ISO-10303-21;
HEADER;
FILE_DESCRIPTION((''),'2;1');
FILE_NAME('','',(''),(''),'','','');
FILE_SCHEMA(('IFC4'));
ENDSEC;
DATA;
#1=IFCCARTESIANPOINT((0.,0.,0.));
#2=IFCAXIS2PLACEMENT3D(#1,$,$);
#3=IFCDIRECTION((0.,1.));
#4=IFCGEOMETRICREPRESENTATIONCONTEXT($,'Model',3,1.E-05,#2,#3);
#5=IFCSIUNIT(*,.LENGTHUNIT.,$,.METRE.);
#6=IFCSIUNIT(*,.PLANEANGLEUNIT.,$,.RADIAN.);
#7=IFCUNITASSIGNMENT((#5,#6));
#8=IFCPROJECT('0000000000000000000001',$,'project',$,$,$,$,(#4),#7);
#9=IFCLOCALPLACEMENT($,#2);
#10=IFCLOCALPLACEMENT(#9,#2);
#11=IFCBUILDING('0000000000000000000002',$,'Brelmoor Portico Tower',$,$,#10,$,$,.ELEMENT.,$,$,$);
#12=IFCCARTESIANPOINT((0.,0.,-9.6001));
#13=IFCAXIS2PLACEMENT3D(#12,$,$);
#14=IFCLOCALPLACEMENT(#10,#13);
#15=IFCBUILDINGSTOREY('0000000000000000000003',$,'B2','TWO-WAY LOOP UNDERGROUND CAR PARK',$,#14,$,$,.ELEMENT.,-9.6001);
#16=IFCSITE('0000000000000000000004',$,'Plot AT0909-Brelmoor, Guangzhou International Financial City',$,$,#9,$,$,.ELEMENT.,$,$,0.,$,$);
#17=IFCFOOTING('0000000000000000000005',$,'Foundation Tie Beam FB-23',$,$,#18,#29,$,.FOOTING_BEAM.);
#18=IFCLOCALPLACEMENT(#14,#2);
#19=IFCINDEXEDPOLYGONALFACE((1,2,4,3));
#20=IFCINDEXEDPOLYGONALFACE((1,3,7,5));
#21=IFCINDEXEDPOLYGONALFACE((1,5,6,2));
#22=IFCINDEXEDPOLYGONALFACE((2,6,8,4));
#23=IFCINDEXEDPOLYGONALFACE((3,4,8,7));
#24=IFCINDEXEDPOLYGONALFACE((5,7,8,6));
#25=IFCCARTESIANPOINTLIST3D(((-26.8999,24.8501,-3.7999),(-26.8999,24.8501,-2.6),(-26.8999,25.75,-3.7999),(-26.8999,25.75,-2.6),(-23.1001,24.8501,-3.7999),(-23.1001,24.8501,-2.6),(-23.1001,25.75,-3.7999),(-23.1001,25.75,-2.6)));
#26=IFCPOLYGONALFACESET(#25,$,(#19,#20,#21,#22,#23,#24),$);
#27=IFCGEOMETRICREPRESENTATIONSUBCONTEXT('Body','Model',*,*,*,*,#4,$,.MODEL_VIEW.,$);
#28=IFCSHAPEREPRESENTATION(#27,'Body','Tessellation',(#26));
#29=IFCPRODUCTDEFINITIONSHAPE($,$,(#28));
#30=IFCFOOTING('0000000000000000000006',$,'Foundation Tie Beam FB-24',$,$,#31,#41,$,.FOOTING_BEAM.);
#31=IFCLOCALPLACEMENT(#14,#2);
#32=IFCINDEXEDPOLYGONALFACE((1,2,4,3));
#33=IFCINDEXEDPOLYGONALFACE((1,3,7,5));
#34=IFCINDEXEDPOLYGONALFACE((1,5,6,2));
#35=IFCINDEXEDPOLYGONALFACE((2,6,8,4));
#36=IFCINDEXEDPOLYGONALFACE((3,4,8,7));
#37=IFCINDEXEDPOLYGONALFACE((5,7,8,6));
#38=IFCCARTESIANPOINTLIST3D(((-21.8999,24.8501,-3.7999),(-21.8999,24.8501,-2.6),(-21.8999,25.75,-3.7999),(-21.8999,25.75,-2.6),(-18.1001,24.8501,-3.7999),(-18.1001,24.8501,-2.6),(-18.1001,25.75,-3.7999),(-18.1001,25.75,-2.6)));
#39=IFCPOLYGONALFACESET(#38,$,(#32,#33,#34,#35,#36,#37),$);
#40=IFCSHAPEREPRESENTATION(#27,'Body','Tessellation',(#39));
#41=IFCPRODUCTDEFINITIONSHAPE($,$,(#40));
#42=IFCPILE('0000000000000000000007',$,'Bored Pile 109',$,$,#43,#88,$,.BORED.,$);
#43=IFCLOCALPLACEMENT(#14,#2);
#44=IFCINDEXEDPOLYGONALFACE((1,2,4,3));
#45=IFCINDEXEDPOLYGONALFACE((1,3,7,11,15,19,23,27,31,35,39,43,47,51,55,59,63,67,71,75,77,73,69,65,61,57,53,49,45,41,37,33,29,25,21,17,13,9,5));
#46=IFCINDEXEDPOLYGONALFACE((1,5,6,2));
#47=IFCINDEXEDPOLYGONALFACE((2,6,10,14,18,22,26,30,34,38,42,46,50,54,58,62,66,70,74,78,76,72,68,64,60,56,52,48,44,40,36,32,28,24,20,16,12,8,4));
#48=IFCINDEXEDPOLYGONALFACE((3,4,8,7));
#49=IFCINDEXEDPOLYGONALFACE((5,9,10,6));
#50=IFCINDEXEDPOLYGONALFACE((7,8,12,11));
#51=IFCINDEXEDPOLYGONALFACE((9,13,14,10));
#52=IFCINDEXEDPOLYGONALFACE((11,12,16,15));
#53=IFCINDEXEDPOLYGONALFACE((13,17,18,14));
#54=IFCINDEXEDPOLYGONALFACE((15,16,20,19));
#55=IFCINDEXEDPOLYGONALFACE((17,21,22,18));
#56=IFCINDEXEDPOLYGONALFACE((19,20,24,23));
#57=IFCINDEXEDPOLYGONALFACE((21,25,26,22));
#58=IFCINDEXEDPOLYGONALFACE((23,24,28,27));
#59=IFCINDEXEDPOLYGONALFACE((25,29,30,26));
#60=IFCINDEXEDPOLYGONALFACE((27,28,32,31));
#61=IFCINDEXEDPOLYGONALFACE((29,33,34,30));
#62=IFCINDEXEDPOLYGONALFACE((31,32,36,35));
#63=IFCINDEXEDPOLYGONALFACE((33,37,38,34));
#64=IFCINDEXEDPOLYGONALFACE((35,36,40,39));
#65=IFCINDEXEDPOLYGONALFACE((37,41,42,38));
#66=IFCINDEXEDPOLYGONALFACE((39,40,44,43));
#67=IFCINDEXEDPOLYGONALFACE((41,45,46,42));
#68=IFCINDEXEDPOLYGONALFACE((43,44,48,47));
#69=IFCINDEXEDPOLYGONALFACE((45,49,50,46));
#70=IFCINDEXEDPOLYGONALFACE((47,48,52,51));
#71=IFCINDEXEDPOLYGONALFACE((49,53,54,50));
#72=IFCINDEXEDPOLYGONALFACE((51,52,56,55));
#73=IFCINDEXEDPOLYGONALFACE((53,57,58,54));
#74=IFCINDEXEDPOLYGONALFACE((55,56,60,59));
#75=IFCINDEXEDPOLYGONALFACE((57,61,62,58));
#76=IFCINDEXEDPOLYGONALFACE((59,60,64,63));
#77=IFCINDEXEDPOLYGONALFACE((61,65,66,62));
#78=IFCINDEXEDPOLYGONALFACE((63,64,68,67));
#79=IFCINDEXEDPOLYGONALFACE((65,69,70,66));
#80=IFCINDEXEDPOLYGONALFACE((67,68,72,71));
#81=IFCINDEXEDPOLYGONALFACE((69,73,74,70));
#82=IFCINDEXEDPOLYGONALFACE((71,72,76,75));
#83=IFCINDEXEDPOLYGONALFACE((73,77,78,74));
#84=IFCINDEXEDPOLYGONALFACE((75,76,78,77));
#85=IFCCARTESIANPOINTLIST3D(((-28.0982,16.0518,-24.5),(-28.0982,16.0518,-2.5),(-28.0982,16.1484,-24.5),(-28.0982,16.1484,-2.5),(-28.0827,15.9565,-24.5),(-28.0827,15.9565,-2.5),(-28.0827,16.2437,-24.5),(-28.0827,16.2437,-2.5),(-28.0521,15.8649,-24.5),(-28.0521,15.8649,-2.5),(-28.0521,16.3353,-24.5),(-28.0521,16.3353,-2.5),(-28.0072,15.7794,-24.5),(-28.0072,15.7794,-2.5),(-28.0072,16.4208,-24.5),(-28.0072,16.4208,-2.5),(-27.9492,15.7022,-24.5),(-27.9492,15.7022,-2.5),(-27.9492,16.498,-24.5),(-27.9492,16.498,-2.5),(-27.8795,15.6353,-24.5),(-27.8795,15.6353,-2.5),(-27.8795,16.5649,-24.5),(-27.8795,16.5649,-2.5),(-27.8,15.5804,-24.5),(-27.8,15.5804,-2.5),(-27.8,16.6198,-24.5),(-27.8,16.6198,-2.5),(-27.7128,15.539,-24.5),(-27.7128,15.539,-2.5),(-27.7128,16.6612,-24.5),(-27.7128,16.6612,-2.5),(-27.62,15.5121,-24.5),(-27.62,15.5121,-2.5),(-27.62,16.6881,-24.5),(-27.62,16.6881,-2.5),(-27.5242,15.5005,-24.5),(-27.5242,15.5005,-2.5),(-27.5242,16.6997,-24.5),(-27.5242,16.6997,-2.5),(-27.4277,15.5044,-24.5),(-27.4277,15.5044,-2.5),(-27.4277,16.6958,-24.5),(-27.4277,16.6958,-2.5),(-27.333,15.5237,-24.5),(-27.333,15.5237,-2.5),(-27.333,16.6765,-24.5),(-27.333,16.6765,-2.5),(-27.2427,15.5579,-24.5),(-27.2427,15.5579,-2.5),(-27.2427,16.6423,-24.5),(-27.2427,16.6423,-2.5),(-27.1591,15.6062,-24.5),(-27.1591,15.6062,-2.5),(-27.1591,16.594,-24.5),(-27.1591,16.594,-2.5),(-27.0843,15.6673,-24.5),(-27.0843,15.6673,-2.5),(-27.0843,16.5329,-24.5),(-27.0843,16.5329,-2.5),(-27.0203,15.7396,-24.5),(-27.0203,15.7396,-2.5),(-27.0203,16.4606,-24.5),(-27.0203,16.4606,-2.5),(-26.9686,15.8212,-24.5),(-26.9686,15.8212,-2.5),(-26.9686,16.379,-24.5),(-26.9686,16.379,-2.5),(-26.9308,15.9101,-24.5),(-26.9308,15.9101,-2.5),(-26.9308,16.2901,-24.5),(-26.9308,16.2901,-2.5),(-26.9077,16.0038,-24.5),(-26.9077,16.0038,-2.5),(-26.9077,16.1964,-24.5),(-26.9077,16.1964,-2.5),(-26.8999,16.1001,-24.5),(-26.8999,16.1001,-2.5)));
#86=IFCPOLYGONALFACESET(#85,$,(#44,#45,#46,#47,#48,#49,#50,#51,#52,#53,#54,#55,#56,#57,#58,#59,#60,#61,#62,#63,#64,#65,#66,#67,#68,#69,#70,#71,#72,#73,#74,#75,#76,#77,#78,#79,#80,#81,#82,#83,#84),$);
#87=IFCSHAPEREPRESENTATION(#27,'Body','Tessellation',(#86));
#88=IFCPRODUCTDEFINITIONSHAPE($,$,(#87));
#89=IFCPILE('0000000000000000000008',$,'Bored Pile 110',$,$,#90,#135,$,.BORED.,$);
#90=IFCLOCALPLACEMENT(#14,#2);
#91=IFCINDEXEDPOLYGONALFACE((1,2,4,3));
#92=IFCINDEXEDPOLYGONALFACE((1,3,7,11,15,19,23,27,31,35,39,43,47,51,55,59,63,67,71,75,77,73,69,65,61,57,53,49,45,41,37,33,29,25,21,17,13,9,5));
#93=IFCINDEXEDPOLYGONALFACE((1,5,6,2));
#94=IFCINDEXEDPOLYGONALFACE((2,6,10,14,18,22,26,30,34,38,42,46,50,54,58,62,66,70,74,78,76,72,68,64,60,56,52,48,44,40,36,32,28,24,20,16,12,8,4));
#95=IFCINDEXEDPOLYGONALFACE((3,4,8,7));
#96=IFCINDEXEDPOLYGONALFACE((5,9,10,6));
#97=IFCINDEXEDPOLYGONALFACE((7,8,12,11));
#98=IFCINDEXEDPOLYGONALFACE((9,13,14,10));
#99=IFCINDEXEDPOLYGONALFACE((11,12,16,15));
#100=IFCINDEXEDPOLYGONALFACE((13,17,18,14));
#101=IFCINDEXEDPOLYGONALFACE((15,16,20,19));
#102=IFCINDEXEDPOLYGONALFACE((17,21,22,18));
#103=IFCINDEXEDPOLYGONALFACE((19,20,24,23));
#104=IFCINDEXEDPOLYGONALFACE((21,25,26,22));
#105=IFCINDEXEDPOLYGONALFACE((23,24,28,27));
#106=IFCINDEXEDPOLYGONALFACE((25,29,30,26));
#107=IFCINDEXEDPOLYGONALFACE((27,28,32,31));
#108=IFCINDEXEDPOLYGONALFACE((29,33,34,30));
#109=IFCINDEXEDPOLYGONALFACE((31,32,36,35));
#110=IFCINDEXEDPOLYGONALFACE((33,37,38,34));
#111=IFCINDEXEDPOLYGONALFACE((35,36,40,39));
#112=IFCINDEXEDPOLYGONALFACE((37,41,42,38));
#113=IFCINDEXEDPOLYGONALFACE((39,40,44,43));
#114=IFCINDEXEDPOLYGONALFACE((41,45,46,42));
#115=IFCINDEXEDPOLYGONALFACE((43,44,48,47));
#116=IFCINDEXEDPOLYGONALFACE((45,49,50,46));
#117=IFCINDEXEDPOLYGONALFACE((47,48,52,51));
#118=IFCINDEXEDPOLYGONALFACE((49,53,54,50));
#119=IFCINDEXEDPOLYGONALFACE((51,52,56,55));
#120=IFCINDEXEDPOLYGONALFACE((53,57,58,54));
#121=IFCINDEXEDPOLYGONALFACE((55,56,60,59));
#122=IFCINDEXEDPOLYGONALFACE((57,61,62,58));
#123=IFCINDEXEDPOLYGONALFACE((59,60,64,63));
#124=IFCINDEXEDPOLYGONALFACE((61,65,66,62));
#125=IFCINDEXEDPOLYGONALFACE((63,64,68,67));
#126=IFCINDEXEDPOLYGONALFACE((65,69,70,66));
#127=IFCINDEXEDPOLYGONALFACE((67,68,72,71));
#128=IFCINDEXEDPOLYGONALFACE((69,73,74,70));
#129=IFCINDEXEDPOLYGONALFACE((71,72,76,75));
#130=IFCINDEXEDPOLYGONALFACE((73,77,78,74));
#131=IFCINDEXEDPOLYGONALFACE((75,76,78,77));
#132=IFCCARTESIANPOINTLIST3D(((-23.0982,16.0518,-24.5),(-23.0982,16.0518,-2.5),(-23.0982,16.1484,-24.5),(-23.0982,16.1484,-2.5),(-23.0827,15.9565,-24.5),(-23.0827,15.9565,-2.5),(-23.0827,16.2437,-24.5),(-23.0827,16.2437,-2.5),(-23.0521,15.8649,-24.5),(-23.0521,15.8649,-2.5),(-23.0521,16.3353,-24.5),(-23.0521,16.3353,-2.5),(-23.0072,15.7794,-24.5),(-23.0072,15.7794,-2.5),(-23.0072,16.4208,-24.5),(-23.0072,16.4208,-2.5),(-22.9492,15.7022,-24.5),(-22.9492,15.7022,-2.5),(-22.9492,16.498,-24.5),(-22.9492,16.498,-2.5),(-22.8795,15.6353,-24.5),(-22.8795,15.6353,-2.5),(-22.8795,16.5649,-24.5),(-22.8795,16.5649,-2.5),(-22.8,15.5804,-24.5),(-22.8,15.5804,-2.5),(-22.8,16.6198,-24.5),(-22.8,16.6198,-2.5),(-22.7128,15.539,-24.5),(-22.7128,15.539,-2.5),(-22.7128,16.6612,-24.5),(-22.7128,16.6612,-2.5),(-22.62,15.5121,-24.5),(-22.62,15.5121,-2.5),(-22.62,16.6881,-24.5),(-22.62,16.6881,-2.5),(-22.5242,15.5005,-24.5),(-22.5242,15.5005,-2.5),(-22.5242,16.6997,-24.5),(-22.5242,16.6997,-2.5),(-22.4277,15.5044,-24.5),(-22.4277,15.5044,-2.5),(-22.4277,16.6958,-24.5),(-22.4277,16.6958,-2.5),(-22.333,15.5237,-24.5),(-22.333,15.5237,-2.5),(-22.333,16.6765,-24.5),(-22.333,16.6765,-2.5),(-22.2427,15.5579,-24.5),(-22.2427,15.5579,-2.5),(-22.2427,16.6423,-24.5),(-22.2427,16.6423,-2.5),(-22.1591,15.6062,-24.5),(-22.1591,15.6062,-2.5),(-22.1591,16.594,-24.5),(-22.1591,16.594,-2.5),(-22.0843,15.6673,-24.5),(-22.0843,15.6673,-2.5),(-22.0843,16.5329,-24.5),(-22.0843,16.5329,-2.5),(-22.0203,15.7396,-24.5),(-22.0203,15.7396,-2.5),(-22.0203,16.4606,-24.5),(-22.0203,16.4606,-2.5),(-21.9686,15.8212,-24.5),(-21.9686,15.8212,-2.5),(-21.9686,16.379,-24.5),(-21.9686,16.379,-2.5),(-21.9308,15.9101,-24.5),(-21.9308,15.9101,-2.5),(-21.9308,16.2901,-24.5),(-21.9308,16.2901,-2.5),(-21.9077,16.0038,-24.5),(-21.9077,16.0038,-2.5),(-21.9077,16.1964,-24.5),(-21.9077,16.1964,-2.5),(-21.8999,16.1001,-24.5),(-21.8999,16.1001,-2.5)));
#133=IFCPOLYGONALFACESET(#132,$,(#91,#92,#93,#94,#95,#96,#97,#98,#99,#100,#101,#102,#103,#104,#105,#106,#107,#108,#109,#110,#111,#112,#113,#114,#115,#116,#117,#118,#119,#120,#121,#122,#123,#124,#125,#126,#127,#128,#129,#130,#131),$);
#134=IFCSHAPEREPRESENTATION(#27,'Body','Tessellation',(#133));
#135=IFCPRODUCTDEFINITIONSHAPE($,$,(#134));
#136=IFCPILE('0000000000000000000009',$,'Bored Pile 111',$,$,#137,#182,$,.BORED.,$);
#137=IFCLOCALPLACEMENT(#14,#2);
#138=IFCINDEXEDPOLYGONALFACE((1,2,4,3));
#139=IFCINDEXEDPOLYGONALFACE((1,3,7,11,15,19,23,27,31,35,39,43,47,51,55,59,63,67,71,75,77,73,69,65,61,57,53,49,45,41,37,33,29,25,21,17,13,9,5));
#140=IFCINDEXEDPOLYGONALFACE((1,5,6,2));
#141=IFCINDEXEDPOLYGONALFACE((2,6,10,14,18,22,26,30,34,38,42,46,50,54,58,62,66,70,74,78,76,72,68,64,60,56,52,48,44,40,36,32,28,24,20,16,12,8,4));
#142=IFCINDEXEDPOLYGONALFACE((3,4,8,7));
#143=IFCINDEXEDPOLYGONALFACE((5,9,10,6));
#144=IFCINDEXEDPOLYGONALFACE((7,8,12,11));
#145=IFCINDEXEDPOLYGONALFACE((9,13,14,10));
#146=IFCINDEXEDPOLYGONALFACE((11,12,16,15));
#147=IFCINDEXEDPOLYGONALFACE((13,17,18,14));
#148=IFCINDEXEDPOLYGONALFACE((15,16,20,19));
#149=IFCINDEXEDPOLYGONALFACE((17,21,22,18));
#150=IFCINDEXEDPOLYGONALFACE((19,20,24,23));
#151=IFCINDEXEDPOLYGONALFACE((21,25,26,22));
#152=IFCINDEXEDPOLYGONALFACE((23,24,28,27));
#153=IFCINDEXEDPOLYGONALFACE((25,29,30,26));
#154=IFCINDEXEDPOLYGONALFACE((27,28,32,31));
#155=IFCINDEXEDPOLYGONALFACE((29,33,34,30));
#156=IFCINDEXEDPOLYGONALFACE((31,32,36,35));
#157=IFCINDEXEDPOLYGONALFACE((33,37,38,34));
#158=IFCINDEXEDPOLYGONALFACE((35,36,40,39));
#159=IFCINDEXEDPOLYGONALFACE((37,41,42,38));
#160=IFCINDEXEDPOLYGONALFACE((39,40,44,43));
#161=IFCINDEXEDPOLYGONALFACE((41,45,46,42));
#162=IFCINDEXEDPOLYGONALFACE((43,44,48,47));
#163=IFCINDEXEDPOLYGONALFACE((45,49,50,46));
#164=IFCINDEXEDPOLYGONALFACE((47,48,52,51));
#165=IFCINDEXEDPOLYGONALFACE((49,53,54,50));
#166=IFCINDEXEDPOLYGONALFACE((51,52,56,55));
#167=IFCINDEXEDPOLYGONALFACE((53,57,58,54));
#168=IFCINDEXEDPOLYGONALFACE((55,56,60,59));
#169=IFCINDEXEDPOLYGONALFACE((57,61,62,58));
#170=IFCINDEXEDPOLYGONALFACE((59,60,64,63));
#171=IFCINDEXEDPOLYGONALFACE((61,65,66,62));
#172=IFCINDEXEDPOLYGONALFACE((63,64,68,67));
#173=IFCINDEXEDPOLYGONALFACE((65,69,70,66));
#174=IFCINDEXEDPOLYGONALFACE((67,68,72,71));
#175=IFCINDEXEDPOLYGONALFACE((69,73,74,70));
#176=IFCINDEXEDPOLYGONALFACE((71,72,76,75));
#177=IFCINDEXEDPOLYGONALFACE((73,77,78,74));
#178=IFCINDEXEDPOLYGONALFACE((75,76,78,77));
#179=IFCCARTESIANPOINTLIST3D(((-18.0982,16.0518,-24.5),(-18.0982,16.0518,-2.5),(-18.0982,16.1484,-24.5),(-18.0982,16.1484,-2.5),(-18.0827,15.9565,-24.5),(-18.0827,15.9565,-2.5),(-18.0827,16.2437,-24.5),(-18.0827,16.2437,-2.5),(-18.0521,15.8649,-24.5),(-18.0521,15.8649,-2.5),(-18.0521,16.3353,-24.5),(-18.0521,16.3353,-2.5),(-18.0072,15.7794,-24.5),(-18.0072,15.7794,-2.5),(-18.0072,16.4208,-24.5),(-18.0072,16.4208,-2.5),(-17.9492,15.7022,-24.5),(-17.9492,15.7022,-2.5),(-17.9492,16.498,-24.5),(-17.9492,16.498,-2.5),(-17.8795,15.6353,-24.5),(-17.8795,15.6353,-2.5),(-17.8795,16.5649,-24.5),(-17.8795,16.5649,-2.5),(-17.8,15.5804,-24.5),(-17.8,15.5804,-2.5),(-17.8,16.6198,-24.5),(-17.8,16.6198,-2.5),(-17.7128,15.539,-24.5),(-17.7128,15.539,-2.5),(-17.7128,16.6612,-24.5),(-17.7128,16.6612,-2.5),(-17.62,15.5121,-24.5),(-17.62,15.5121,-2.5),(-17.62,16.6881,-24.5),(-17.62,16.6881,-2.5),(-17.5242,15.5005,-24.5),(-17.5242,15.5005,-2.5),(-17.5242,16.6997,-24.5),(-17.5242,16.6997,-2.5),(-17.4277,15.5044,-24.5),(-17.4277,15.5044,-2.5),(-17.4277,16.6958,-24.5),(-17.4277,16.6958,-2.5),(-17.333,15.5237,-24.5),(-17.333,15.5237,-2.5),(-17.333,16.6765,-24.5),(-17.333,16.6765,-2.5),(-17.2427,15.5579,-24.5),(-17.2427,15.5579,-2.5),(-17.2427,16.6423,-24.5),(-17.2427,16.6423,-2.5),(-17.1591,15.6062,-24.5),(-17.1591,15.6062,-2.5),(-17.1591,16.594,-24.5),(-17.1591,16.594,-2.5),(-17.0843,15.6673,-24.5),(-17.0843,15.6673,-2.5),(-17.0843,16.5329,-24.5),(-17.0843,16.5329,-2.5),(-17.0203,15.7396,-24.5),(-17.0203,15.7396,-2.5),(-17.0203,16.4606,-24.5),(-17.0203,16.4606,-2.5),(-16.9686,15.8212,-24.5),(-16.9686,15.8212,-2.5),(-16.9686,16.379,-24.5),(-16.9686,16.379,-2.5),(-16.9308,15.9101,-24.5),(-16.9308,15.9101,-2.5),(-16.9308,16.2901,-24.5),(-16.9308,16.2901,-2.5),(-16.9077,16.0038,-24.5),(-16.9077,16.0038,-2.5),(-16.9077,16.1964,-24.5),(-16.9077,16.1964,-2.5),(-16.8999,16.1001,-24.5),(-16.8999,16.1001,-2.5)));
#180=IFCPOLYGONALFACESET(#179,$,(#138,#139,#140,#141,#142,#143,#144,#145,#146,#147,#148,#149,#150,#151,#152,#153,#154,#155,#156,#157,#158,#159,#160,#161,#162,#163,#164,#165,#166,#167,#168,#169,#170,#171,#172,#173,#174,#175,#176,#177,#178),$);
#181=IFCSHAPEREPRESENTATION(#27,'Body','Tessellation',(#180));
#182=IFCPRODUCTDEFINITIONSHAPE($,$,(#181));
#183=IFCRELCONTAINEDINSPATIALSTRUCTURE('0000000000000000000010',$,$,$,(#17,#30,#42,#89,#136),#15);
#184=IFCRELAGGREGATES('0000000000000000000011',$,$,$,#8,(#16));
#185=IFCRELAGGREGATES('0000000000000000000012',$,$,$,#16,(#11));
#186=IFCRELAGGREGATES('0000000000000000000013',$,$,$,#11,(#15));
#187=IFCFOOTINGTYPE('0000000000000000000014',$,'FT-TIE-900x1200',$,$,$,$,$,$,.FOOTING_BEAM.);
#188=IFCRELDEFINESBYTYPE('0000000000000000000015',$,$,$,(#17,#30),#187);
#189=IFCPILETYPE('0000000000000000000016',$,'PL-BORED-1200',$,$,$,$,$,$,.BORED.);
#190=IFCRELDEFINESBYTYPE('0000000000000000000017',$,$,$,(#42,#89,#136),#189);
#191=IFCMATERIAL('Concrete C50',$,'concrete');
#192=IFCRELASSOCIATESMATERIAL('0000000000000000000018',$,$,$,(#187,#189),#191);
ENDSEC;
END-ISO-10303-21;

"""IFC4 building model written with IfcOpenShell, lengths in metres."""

from ifc_helpers import new_model, si_unit, direction, frame, origin, origin_2d, place, context, subcontext, project, spatial, rectangle, circle, extrude, material, material_profile, profile_set, type_object, element, save


model = new_model("IFC4")

# Units and contexts
model_context = context("Model", 3, precision=1e-05, world=origin(), true_north=direction((0.0, 1.0)))
body_context = subcontext(model_context, "Body", "Model", "MODEL_VIEW")
ifc_project = project(units=[si_unit("LENGTHUNIT", "METRE"), si_unit("PLANEANGLEUNIT", "RADIAN")], contexts=[model_context])

# Site, building, storey
site_placement = place(None, origin())
site = spatial("IfcSite", under=ifc_project, at=site_placement, Name="Plot AT0909-Brelmoor, Guangzhou International Financial City", CompositionType="ELEMENT", RefElevation=0.0)
building_placement = place(site_placement, origin())
building = spatial("IfcBuilding", under=site, at=building_placement, Name="Brelmoor Portico Tower", CompositionType="ELEMENT")
storey_placement = place(building_placement, frame((0.0, 0.0, -9.6001)))
storey = spatial("IfcBuildingStorey", under=building, at=storey_placement, Name="B2", Description="TWO-WAY LOOP UNDERGROUND CAR PARK", CompositionType="ELEMENT", Elevation=-9.6001)

# Footings
ifc_material_1 = material(Name="Concrete C50", Category="concrete")
ifc_material_profile_1 = material_profile(ifc_material_1, rectangle(XDim=0.8999, YDim=1.2, at=origin_2d()), Name="RC 900x1200")
ifc_profile_set_1 = profile_set([ifc_material_profile_1], Name="Concrete C50")
footing_type = type_object("IfcFootingType", Name="FT-TIE-900x1200", PredefinedType="FOOTING_BEAM", material=ifc_profile_set_1)
for number, where, z_axis, x_axis, name in (
    (1, (-26.8999, 25.3, -3.2), (1.0, 0.0, 0.0), (0.0, 1.0, 0.0), "Foundation Tie Beam FB-23"),
    (2, (-21.8999, 25.3, -3.2), (1.0, 0.0, 0.0), (0.0, 1.0, 0.0), "Foundation Tie Beam FB-24"),
):
    element("IfcFooting", number, at=place(storey_placement, frame(where, z_axis=z_axis, x_axis=x_axis)), inside=storey, type_object=footing_type, Name=name, PredefinedType="FOOTING_BEAM", context=body_context, shape_type="SweptSolid", body=[
        extrude(rectangle(XDim=0.8999, YDim=1.2, at=origin_2d()), origin(), (0.0, 0.0, 1.0), 3.7998),
    ])

# Piles
ifc_material_profile_2 = material_profile(ifc_material_1, circle(Radius=0.6001, at=origin_2d()), Name="BORED PILE D1200")
ifc_profile_set_2 = profile_set([ifc_material_profile_2], Name="Concrete C50")
pile_type = type_object("IfcPileType", Name="PL-BORED-1200", PredefinedType="BORED", material=ifc_profile_set_2)
for number, where, z_axis, x_axis, name in (
    (3, (-27.5, 16.1001, -2.5), (0.0, 0.0, -1.0), (1.0, 0.0, 0.0), "Bored Pile 109"),
    (4, (-22.5, 16.1001, -2.5), (0.0, 0.0, -1.0), (1.0, 0.0, 0.0), "Bored Pile 110"),
    (5, (-17.5, 16.1001, -2.5), (0.0, 0.0, -1.0), (1.0, 0.0, 0.0), "Bored Pile 111"),
):
    element("IfcPile", number, at=place(storey_placement, frame(where, z_axis=z_axis, x_axis=x_axis)), inside=storey, type_object=pile_type, Name=name, PredefinedType="BORED", context=body_context, shape_type="SweptSolid", body=[
        extrude(circle(Radius=0.6001, at=origin_2d()), origin(), (0.0, 0.0, 1.0), 22.0),
    ])

save(model, "model.ifc")
